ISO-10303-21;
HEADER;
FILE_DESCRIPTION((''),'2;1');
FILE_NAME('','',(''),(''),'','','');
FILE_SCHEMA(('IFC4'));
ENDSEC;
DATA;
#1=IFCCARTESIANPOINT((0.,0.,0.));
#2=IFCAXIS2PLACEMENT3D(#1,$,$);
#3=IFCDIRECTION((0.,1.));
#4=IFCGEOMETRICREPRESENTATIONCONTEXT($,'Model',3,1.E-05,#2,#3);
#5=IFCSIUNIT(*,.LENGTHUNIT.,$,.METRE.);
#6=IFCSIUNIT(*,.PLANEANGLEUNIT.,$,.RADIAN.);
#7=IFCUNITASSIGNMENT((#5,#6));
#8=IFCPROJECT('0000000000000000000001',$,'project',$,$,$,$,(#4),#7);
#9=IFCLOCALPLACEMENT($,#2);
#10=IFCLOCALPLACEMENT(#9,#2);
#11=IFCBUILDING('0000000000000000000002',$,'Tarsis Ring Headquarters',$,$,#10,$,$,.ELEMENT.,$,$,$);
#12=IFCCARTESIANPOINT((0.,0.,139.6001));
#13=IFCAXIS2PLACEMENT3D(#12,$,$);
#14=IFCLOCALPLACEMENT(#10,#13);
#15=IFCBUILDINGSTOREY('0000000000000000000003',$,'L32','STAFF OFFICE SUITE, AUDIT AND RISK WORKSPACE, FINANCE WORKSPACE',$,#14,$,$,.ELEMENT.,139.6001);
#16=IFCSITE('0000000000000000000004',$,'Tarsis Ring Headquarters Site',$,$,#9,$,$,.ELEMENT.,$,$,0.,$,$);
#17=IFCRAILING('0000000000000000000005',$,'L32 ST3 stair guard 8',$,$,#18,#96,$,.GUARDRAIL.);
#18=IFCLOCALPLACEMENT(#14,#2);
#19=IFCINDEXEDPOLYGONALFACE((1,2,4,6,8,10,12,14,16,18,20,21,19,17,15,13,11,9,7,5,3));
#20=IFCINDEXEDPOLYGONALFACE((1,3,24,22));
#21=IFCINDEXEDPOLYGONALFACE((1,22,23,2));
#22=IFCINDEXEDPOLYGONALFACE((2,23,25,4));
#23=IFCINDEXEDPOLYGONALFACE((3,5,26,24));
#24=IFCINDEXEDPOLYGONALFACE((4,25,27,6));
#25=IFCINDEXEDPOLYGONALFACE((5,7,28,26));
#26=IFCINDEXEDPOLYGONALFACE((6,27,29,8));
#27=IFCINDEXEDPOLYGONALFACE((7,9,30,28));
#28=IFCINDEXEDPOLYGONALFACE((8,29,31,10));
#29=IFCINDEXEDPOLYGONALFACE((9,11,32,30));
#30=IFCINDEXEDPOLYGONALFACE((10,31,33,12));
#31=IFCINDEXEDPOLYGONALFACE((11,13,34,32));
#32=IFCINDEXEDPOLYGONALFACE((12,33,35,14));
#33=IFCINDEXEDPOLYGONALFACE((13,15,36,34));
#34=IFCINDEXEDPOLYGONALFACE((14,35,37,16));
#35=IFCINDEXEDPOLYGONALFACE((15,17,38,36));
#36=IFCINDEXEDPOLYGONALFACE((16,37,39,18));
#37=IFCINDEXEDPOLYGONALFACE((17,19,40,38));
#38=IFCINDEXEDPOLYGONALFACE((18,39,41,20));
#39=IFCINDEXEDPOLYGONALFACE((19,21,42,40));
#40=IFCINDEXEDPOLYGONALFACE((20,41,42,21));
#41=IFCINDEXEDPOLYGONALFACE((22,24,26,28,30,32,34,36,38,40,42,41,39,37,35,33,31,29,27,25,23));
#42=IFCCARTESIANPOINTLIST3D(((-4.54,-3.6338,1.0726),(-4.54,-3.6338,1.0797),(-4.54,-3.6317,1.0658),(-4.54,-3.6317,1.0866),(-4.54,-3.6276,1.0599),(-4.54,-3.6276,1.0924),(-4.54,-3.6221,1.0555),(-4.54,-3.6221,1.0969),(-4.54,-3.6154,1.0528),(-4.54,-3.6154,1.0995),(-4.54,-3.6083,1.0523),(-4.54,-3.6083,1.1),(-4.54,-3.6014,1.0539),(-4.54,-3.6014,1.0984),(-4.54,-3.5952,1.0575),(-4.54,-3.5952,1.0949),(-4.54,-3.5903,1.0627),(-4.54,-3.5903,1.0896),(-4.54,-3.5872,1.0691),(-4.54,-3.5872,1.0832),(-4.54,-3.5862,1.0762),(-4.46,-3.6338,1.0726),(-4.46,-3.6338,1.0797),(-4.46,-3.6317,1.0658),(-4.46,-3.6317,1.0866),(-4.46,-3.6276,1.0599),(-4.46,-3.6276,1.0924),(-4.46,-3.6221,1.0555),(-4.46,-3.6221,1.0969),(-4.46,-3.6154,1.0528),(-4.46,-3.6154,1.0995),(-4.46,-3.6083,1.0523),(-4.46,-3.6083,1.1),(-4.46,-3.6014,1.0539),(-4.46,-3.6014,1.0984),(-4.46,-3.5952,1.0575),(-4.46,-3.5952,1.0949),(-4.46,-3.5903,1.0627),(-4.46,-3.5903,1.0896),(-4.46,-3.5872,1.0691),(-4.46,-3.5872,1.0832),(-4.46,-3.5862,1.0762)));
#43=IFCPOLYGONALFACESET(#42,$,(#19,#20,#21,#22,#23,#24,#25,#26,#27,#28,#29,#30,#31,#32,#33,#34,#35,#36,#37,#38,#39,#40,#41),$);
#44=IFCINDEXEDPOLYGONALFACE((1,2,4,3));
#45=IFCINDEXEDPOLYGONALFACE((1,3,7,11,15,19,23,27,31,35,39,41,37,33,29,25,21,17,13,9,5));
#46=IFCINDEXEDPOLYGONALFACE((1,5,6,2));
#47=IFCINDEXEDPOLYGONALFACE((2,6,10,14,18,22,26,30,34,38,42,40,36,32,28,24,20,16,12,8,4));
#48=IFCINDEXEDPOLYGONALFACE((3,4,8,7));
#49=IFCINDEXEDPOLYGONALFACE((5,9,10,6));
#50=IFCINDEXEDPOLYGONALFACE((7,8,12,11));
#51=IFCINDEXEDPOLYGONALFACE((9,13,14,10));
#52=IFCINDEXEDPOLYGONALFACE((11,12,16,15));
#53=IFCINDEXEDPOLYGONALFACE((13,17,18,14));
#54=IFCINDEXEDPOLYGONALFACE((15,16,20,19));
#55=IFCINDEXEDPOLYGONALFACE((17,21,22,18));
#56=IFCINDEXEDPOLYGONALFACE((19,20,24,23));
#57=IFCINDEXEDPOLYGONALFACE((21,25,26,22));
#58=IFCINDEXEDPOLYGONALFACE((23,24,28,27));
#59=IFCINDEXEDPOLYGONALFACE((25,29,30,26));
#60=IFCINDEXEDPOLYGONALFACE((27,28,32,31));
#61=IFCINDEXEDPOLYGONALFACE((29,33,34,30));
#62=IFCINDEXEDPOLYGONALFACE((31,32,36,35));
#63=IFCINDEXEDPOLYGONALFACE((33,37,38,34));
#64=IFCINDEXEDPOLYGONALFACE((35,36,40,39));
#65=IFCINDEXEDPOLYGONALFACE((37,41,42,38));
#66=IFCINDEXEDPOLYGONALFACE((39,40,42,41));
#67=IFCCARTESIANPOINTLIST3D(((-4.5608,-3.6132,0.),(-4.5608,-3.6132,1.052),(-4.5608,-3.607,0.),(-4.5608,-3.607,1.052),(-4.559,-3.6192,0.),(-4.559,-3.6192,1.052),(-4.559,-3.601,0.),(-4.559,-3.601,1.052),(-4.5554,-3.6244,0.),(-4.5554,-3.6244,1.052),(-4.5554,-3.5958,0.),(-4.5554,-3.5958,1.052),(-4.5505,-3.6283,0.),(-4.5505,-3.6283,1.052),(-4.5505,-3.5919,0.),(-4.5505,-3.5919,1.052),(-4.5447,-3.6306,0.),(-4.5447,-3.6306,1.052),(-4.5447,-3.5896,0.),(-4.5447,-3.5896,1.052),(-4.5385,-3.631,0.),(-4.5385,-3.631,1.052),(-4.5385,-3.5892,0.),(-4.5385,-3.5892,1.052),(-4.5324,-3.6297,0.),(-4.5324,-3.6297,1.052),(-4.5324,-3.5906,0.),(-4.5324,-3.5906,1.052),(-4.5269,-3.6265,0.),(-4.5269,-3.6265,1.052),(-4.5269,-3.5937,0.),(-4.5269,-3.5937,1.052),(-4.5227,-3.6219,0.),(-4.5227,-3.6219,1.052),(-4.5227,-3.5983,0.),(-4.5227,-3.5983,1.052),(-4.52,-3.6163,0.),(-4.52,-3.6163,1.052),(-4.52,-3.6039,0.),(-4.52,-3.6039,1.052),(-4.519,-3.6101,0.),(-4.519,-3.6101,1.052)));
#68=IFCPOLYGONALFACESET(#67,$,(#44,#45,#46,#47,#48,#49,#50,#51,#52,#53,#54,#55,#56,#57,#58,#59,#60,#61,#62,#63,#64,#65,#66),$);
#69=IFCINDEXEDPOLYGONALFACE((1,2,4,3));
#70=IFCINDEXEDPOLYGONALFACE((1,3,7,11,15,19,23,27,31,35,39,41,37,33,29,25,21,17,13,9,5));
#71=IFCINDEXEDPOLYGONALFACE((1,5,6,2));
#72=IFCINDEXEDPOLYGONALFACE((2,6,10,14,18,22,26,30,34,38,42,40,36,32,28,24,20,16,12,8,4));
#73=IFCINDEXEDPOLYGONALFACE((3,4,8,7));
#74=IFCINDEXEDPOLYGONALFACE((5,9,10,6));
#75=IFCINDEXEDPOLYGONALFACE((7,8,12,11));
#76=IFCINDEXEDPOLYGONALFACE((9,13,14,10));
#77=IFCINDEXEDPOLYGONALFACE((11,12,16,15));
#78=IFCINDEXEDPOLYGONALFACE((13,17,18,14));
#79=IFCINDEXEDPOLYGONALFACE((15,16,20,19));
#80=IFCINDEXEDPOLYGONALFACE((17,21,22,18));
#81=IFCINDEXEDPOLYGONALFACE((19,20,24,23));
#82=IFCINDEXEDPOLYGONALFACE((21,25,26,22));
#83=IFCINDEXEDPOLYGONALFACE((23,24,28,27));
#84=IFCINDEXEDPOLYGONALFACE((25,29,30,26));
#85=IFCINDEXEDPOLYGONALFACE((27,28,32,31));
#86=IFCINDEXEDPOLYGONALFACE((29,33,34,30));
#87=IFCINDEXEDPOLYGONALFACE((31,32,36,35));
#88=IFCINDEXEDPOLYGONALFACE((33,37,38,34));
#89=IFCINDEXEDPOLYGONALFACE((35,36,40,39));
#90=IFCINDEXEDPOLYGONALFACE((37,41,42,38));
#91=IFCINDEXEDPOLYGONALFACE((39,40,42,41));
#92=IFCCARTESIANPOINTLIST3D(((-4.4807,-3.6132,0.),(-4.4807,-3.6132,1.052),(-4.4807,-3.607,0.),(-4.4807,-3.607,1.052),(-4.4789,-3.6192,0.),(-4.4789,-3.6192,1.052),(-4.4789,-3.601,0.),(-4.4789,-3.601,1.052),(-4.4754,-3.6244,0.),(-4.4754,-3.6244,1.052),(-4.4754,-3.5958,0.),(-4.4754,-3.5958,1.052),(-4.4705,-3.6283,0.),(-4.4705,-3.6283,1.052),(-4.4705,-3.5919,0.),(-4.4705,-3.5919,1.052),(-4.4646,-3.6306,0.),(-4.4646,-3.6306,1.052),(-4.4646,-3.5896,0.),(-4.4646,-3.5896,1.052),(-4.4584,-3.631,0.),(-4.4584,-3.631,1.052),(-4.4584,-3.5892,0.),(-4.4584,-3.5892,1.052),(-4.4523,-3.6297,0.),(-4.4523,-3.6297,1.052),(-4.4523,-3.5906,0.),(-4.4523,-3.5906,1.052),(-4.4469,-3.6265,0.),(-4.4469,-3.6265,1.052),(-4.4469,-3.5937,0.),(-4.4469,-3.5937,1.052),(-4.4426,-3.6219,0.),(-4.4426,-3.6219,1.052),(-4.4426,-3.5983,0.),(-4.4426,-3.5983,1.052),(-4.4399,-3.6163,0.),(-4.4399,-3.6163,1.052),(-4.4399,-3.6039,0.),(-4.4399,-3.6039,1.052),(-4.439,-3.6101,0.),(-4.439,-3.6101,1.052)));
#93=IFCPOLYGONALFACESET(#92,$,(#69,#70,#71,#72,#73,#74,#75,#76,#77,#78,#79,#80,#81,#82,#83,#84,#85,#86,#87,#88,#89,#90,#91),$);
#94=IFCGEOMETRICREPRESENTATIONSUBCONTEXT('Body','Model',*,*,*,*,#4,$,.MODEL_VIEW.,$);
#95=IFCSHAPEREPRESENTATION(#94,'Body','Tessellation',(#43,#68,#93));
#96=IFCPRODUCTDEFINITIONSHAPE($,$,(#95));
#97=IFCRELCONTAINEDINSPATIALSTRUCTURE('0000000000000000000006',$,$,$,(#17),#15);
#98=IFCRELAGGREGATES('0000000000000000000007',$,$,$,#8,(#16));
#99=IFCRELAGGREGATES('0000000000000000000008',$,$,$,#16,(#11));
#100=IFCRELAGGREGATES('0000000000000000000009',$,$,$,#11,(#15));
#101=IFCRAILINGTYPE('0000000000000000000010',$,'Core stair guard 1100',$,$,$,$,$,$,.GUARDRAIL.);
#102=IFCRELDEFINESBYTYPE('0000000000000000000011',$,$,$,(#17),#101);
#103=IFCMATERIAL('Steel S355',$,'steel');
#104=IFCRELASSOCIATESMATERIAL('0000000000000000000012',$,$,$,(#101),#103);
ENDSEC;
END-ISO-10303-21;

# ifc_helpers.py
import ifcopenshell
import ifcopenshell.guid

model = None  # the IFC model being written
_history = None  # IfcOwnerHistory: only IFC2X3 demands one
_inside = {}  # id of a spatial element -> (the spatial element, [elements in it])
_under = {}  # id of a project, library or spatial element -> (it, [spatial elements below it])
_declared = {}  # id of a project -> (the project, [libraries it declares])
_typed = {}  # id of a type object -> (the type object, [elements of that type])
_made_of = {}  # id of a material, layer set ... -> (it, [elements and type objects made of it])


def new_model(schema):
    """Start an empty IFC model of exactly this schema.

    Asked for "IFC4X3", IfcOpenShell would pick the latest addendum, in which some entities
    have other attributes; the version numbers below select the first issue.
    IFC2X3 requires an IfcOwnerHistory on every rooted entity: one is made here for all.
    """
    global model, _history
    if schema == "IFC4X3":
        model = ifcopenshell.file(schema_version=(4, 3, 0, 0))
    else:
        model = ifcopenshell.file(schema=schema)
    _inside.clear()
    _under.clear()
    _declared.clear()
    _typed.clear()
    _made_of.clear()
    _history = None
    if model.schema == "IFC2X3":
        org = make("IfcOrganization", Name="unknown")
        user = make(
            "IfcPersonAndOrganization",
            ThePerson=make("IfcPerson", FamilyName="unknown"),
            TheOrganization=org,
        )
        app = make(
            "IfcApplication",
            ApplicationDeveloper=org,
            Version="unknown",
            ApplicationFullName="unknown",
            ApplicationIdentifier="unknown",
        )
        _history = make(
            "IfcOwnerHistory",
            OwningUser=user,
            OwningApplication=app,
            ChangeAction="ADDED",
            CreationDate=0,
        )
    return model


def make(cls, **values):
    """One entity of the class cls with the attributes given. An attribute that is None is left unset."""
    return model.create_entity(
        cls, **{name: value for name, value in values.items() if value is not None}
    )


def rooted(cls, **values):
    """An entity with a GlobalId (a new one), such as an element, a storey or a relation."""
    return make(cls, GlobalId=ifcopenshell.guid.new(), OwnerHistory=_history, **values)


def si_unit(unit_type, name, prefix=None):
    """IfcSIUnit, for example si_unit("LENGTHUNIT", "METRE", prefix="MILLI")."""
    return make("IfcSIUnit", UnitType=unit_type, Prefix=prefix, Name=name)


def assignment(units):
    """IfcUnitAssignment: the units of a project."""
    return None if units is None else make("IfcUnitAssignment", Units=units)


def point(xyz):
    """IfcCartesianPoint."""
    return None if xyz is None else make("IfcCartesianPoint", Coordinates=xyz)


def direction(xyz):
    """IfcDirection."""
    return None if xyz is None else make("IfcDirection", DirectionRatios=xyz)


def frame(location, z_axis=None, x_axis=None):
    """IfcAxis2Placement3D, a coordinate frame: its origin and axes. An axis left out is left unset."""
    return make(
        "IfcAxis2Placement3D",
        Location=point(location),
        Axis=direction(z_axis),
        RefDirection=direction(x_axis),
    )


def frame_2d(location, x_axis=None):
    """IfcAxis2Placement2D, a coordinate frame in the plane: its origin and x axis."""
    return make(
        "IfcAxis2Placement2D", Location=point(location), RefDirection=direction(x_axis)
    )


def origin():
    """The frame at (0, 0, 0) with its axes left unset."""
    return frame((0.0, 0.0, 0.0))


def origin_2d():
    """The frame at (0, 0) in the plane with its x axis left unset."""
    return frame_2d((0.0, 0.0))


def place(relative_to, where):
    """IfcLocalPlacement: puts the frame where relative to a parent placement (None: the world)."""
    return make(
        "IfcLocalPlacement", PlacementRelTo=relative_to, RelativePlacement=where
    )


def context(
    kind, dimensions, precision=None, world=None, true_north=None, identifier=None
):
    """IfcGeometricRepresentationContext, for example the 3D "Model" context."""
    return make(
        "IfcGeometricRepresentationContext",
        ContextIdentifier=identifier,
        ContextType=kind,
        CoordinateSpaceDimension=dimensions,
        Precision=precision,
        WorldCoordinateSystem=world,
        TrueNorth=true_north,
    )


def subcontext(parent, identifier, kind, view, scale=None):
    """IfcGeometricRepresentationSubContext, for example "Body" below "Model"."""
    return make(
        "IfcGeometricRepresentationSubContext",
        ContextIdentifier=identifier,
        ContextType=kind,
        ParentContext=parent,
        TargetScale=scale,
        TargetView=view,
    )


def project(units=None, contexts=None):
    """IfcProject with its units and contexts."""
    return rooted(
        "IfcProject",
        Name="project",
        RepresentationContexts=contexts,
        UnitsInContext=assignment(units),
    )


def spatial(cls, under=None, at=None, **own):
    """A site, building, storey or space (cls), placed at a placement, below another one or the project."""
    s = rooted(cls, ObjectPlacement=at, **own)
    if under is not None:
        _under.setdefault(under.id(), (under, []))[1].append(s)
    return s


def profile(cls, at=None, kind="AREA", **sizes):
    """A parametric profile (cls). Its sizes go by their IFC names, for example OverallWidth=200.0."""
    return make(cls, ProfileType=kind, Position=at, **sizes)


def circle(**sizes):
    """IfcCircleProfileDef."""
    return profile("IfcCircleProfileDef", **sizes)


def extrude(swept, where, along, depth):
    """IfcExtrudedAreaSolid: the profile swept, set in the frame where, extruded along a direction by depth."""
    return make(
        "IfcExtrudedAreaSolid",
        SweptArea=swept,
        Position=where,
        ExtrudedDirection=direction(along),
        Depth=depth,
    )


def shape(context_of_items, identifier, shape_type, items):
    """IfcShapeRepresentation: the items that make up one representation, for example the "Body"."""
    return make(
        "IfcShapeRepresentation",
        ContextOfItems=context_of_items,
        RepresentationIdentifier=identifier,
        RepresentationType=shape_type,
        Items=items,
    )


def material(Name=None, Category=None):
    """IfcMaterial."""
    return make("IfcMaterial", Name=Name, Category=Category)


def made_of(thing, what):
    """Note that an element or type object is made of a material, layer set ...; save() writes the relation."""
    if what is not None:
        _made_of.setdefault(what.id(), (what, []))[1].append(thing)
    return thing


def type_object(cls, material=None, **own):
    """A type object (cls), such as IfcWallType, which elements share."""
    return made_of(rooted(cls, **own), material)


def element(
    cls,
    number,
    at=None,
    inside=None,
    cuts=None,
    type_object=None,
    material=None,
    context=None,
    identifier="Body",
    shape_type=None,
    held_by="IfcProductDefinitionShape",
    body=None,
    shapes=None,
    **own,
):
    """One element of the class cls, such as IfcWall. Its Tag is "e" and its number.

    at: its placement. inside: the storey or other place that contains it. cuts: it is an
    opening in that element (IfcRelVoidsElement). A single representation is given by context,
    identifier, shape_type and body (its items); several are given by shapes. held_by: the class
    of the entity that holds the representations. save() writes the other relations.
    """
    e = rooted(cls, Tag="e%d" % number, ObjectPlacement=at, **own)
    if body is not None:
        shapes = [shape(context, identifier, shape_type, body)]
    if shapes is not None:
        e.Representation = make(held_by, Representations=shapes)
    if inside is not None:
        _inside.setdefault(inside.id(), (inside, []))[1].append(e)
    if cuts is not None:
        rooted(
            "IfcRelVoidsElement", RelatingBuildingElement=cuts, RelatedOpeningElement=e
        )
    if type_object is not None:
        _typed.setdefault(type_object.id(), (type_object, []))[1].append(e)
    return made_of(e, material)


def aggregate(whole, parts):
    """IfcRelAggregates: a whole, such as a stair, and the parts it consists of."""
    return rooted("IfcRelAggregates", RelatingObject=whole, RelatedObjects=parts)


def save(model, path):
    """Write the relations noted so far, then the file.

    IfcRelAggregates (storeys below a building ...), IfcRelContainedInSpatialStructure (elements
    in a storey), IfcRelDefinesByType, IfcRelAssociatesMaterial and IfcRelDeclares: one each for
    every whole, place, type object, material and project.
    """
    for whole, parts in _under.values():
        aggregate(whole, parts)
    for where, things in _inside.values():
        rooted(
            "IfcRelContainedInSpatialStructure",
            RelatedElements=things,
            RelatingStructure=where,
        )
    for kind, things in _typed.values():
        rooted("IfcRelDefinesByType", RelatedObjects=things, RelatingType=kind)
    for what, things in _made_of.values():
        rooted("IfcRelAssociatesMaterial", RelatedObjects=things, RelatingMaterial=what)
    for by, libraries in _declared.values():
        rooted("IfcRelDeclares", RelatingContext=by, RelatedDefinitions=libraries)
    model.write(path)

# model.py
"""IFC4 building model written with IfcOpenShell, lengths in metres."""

from ifc_helpers import new_model, si_unit, direction, frame, origin, origin_2d, place, context, subcontext, project, spatial, circle, extrude, material, type_object, element, save


model = new_model("IFC4")

# Units and contexts
model_context = context("Model", 3, precision=1e-05, world=origin(), true_north=direction((0.0, 1.0)))
body_context = subcontext(model_context, "Body", "Model", "MODEL_VIEW")
ifc_project = project(units=[si_unit("LENGTHUNIT", "METRE"), si_unit("PLANEANGLEUNIT", "RADIAN")], contexts=[model_context])

# Site, building, storey
site_placement = place(None, origin())
site = spatial("IfcSite", under=ifc_project, at=site_placement, Name="Tarsis Ring Headquarters Site", CompositionType="ELEMENT", RefElevation=0.0)
building_placement = place(site_placement, origin())
building = spatial("IfcBuilding", under=site, at=building_placement, Name="Tarsis Ring Headquarters", CompositionType="ELEMENT")
storey_placement = place(building_placement, frame((0.0, 0.0, 139.6001)))
storey = spatial("IfcBuildingStorey", under=building, at=storey_placement, Name="L32", Description="STAFF OFFICE SUITE, AUDIT AND RISK WORKSPACE, FINANCE WORKSPACE", CompositionType="ELEMENT", Elevation=139.6001)

# Railing
ifc_material_1 = material(Name="Steel S355", Category="steel")
railing_type = type_object("IfcRailingType", Name="Core stair guard 1100", PredefinedType="GUARDRAIL", material=ifc_material_1)
for number, where, name in (
    (1, (-4.54, -3.6101, 0.0), "L32 ST3 stair guard 8"),
):
    element("IfcRailing", number, at=place(storey_placement, frame(where)), inside=storey, type_object=railing_type, Name=name, PredefinedType="GUARDRAIL", context=body_context, shape_type="SweptSolid", body=[
        extrude(circle(Radius=0.0239, at=origin_2d()), frame((0.0, 0.0, 1.0762), z_axis=(1.0, 0.0, 0.0), x_axis=(0.0, 1.0, 0.0)), (0.0, 0.0, 1.0), 0.0801),
        extrude(circle(Radius=0.021, at=origin_2d()), origin(), (0.0, 0.0, 1.0), 1.052),
        extrude(circle(Radius=0.021, at=origin_2d()), frame((0.0801, 0.0, 0.0)), (0.0, 0.0, 1.0), 1.052),
    ])

save(model, "model.ifc")
